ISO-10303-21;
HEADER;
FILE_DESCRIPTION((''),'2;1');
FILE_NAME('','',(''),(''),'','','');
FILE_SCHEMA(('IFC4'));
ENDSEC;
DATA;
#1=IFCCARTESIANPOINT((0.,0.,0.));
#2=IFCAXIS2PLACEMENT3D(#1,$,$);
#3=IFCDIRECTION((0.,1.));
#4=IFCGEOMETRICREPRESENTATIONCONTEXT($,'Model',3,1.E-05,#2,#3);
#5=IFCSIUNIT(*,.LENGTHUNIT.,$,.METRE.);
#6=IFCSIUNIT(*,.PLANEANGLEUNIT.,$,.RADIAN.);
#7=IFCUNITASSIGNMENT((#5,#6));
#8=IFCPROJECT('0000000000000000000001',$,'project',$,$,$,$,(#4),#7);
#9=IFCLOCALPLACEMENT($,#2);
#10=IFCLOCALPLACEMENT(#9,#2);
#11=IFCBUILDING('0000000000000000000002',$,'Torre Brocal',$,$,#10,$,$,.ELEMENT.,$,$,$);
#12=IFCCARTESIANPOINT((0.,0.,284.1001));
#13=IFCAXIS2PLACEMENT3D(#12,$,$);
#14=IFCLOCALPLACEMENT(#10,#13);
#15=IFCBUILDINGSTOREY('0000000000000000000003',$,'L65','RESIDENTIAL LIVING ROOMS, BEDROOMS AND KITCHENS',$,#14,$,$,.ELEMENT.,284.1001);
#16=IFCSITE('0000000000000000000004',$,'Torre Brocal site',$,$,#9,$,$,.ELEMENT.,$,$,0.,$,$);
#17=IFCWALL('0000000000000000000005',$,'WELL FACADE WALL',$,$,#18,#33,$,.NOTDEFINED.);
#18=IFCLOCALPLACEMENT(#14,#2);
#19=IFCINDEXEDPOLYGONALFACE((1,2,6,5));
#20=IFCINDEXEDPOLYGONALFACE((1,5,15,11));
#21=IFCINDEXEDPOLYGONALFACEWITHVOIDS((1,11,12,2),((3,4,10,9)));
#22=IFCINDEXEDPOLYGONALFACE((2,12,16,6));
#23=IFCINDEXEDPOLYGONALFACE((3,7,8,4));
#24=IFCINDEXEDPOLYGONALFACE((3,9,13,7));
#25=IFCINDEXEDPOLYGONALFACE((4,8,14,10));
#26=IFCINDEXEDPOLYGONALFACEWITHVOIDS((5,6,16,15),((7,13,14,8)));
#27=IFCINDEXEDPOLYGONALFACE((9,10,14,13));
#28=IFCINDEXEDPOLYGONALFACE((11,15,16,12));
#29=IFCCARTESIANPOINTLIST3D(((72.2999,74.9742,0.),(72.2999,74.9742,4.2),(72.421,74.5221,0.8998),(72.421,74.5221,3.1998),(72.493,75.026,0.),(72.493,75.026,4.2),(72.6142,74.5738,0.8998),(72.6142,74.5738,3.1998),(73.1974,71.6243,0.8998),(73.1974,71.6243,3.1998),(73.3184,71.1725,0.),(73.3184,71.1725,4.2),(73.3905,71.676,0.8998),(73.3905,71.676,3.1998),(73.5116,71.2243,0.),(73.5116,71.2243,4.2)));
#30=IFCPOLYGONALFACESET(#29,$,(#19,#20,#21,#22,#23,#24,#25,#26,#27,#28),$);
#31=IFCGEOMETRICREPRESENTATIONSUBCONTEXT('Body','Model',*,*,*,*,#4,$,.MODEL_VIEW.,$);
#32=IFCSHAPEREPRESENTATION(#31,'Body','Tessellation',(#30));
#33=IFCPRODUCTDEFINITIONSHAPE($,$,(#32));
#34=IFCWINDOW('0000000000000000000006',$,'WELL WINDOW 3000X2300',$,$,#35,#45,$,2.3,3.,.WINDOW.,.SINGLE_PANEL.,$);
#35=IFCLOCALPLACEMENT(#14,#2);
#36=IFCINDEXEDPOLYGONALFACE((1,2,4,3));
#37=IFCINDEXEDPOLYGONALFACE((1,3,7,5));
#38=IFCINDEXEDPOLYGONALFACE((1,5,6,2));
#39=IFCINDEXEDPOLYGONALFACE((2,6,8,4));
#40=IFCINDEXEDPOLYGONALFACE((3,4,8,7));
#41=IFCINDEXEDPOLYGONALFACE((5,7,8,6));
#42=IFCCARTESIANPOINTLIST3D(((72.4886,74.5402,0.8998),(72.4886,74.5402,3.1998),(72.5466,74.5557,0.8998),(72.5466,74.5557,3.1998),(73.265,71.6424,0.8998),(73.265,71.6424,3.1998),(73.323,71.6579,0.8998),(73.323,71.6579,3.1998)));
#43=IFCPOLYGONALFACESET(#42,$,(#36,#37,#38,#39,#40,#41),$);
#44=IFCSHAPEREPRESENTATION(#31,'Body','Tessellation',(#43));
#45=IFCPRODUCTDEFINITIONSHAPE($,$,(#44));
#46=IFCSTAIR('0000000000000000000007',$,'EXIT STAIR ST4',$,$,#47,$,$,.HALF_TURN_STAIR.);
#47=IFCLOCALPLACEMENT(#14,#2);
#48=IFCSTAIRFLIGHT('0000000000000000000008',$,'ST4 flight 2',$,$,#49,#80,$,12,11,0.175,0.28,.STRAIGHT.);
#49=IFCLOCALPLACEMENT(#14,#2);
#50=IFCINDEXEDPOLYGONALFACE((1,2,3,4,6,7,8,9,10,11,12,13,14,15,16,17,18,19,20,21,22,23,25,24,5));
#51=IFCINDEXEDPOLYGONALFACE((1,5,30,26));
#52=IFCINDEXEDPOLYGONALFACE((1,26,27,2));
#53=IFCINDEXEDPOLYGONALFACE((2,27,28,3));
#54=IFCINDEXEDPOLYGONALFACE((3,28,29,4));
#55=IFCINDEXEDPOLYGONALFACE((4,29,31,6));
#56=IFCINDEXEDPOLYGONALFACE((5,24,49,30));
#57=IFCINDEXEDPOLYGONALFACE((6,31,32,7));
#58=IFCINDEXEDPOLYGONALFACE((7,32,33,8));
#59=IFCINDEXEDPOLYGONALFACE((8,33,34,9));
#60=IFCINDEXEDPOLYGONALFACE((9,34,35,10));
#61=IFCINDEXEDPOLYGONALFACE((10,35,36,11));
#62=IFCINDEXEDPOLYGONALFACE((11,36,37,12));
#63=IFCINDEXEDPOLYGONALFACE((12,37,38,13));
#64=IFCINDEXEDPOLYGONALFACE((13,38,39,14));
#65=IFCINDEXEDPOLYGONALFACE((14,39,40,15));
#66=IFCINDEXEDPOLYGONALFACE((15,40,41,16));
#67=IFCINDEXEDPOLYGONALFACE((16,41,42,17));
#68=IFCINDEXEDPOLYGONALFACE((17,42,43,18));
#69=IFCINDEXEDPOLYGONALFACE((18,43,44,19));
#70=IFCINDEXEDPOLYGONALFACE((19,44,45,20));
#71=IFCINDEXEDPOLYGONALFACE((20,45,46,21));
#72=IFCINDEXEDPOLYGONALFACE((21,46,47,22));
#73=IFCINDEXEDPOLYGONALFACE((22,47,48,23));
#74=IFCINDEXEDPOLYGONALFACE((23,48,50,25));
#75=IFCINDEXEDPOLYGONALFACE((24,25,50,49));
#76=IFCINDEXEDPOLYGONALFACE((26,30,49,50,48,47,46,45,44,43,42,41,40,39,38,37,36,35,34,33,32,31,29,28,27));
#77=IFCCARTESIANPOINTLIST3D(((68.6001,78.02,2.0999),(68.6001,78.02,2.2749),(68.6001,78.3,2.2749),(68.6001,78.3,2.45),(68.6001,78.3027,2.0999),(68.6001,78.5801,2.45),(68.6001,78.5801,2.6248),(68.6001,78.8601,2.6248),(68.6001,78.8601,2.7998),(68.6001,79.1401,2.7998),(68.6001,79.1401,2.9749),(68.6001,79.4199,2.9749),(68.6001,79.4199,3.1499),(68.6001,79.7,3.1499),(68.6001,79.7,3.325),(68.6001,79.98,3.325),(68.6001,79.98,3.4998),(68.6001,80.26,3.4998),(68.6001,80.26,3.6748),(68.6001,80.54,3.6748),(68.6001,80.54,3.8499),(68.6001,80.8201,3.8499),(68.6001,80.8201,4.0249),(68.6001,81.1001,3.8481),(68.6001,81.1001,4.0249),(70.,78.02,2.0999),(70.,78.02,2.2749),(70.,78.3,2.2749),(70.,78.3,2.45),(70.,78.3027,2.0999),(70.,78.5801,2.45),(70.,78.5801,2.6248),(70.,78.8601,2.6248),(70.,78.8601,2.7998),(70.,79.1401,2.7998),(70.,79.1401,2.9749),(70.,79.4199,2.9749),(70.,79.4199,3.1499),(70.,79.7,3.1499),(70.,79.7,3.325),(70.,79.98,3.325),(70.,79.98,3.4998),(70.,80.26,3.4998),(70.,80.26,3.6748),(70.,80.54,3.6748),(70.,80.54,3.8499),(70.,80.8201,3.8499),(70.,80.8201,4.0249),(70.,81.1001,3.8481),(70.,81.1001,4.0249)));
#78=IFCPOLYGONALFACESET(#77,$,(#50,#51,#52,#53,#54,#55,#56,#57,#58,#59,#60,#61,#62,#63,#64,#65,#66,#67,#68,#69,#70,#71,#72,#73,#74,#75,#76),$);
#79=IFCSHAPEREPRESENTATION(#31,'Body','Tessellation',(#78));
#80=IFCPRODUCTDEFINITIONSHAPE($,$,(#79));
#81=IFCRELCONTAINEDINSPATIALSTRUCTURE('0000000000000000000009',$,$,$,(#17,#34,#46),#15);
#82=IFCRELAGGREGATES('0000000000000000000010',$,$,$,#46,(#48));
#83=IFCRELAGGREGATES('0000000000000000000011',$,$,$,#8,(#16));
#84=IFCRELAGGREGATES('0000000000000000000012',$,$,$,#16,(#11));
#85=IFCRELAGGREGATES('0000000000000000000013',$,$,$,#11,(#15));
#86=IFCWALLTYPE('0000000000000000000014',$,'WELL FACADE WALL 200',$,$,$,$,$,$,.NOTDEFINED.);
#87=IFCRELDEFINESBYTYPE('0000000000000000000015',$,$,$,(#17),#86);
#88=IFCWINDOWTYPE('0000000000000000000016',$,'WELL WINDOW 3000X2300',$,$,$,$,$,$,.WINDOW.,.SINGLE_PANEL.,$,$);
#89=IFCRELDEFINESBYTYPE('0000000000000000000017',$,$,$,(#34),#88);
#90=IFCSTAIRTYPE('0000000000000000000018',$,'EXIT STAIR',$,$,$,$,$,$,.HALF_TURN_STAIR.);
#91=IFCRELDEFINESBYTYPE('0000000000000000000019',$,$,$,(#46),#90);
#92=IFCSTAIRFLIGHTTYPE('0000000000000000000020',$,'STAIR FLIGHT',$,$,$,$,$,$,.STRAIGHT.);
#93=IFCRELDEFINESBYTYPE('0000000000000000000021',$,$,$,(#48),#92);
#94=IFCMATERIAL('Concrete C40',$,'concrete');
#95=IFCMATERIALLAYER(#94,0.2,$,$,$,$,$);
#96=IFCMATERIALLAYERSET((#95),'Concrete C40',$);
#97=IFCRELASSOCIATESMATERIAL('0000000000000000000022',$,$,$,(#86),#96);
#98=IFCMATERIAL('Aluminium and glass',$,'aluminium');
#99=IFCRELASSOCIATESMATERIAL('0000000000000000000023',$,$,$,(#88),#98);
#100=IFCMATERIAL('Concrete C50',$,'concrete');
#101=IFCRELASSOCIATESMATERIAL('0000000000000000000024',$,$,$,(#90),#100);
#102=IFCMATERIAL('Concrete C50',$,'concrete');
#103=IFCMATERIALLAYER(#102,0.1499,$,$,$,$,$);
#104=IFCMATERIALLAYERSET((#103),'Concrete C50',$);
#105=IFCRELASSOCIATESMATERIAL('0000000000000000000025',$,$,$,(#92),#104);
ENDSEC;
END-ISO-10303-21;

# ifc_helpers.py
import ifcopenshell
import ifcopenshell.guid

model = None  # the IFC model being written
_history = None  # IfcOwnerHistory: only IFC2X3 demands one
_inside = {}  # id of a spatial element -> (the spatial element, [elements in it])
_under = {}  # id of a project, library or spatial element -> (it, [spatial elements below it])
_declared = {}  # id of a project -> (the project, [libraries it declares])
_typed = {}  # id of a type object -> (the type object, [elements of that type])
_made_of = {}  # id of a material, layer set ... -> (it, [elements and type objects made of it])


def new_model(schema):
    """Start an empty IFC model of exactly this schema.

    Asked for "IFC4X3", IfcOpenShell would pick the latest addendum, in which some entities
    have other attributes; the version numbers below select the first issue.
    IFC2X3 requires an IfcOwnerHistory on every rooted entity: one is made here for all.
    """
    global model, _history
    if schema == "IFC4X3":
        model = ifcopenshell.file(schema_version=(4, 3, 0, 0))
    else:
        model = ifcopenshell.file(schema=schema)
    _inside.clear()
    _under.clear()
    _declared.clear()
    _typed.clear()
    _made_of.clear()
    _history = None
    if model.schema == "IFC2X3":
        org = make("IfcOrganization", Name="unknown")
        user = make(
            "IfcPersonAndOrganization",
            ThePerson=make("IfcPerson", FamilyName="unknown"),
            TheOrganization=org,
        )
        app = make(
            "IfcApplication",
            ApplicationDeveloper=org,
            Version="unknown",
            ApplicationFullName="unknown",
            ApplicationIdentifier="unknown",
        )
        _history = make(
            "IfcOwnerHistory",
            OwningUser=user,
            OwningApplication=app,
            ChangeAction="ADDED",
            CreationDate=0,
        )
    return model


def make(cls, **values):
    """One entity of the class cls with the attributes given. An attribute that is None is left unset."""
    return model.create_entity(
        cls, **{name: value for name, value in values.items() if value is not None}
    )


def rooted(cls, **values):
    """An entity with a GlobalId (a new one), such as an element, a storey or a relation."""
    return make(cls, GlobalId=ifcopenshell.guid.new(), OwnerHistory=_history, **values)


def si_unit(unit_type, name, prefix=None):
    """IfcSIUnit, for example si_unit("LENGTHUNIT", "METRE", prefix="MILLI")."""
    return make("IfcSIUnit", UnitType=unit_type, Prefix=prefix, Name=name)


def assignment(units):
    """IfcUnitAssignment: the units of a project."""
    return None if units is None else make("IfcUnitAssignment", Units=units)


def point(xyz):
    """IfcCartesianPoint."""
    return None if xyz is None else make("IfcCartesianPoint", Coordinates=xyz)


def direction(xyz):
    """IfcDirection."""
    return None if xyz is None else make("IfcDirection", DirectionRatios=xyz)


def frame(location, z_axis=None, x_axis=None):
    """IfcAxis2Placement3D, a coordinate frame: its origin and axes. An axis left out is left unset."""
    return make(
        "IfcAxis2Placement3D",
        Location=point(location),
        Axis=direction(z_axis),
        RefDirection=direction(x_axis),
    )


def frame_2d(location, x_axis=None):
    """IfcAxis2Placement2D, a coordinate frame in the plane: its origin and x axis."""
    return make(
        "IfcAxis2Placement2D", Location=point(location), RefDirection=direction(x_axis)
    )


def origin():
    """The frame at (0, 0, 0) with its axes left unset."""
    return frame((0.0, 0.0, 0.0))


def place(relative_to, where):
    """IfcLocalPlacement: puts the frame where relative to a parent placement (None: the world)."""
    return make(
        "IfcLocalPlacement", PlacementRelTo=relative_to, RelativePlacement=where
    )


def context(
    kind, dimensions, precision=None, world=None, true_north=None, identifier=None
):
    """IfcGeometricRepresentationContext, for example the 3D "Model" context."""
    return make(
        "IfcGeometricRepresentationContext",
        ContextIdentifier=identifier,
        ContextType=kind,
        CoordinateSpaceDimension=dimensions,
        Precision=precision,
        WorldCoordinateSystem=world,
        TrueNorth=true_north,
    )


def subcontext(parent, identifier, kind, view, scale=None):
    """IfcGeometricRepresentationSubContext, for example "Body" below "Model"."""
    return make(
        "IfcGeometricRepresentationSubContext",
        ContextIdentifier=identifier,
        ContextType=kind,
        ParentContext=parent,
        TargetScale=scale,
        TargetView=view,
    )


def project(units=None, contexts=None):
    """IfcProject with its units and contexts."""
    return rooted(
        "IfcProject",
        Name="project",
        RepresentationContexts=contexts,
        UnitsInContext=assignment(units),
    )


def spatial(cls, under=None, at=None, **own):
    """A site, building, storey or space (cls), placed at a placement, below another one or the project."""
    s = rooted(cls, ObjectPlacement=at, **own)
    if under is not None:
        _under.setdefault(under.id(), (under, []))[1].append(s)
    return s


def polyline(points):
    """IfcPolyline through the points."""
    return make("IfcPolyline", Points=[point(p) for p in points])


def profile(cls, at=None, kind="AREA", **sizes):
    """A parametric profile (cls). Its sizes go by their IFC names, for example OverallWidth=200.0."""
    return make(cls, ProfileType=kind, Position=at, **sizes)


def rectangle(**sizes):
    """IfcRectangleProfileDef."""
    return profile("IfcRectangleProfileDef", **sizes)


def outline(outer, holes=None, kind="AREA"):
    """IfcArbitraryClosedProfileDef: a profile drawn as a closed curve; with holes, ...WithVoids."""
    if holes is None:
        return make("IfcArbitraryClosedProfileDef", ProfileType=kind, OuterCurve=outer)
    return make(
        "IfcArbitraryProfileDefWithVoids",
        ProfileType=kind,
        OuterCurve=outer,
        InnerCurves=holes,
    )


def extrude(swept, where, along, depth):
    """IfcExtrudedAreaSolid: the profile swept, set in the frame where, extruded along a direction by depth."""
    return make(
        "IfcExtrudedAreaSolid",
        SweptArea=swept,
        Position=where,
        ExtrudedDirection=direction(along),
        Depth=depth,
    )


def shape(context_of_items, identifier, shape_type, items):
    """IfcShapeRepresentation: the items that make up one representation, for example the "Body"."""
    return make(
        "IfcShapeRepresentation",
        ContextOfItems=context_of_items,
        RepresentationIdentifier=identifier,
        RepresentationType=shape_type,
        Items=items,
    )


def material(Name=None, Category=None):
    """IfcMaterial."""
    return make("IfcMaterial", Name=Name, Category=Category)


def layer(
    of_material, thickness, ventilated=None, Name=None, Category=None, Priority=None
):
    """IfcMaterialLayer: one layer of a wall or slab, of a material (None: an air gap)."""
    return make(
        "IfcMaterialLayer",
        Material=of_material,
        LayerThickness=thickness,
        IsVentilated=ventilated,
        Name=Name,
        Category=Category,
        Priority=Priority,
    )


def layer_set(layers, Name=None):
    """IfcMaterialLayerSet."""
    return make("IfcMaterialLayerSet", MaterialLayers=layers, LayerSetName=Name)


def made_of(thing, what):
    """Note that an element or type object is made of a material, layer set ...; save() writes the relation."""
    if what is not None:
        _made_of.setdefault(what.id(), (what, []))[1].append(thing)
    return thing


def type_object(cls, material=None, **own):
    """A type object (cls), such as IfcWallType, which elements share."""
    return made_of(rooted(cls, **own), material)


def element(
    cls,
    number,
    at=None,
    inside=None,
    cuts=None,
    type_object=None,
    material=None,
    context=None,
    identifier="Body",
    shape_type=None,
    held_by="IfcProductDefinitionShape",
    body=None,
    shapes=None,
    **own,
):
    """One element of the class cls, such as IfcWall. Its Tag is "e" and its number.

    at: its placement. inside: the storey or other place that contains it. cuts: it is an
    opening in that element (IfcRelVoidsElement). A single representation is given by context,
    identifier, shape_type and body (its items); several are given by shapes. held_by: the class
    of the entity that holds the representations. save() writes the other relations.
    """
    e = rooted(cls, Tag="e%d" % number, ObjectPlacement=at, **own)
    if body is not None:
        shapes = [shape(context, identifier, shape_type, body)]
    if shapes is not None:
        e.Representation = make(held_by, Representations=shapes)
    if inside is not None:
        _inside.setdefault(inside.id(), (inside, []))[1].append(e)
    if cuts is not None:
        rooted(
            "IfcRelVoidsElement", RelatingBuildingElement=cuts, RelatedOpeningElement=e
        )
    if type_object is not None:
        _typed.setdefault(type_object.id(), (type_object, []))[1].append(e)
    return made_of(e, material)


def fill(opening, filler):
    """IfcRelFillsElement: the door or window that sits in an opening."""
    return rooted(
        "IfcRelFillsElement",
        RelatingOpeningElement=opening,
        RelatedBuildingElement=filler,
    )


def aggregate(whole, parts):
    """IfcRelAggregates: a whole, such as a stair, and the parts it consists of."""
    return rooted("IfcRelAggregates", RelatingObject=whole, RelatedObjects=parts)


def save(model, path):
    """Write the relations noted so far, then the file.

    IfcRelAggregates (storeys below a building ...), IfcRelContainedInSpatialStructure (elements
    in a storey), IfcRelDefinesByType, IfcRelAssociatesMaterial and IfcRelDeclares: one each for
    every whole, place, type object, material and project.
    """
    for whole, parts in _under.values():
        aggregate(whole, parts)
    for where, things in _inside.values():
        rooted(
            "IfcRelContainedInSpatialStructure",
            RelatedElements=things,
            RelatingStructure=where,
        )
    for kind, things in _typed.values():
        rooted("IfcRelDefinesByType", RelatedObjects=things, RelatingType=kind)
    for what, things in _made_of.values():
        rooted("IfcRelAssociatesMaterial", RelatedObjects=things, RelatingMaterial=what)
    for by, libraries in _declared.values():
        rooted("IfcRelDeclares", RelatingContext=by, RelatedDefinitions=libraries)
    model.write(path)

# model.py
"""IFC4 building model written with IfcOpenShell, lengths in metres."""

from ifc_helpers import new_model, si_unit, direction, frame, frame_2d, origin, place, context, subcontext, project, spatial, polyline, rectangle, outline, extrude, material, layer, layer_set, type_object, element, fill, aggregate, save


model = new_model("IFC4")

# Units and contexts
model_context = context("Model", 3, precision=1e-05, world=origin(), true_north=direction((0.0, 1.0)))
body_context = subcontext(model_context, "Body", "Model", "MODEL_VIEW")
ifc_project = project(units=[si_unit("LENGTHUNIT", "METRE"), si_unit("PLANEANGLEUNIT", "RADIAN")], contexts=[model_context])

# Site, building, storey
site_placement = place(None, origin())
site = spatial("IfcSite", under=ifc_project, at=site_placement, Name="Torre Brocal site", CompositionType="ELEMENT", RefElevation=0.0)
building_placement = place(site_placement, origin())
building = spatial("IfcBuilding", under=site, at=building_placement, Name="Torre Brocal", CompositionType="ELEMENT")
storey_placement = place(building_placement, frame((0.0, 0.0, 284.1001)))
storey = spatial("IfcBuildingStorey", under=building, at=storey_placement, Name="L65", Description="RESIDENTIAL LIVING ROOMS, BEDROOMS AND KITCHENS", CompositionType="ELEMENT", Elevation=284.1001)

# Wall, opening, window
ifc_material_1 = material(Name="Concrete C40", Category="concrete")
ifc_layer_1 = layer(ifc_material_1, 0.2)
ifc_layer_set_1 = layer_set([ifc_layer_1], Name="Concrete C40")
wall_type_1 = type_object("IfcWallType", Name="WELL FACADE WALL 200", PredefinedType="NOTDEFINED", material=ifc_layer_set_1)
ifc_material_2 = material(Name="Aluminium and glass", Category="aluminium")
window_type = type_object("IfcWindowType", Name="WELL WINDOW 3000X2300", PartitioningType="SINGLE_PANEL", PredefinedType="WINDOW", material=ifc_material_2)
wall_1_placement = place(storey_placement, frame((72.3965, 75.0, 0.0), z_axis=(0.0, 0.0, 1.0), x_axis=(0.25879, -0.965934, 0.0)))
wall_1 = element("IfcWall", 1, at=wall_1_placement, inside=storey, type_object=wall_type_1, Name="WELL FACADE WALL", PredefinedType="NOTDEFINED", context=body_context, shape_type="SweptSolid", body=[
    extrude(rectangle(XDim=3.9358, YDim=0.2, at=frame_2d((1.9678, 0.0))), origin(), (0.0, 0.0, 1.0), 4.2),
])
opening_1_placement = place(wall_1_placement, frame((0.468, 0.0, 0.8999)))
opening_1 = element("IfcOpeningElement", 2, at=opening_1_placement, cuts=wall_1, PredefinedType="OPENING", context=body_context, shape_type="SweptSolid", body=[
    extrude(rectangle(XDim=3.0, YDim=2.3, at=frame_2d((1.5, 1.1499))), frame((0.0, 0.1099, 0.0), z_axis=(0.0, -1.0, 0.0), x_axis=(1.0, 0.0, 0.0)), (0.0, 0.0, 1.0), 0.22),
])
window_1_placement = place(opening_1_placement, origin())
window_1 = element("IfcWindow", 3, at=window_1_placement, inside=storey, type_object=window_type, Name="WELL WINDOW 3000X2300", OverallHeight=2.3, OverallWidth=3.0, PartitioningType="SINGLE_PANEL", PredefinedType="WINDOW", context=body_context, shape_type="SweptSolid", body=[
    extrude(rectangle(XDim=3.0, YDim=2.3, at=frame_2d((1.5, 1.1499))), frame((0.0, 0.03, 0.0), z_axis=(0.0, -1.0, 0.0), x_axis=(1.0, 0.0, 0.0)), (0.0, 0.0, 1.0), 0.0601),
])
fill(opening_1, window_1)

# Stair, stair flight
ifc_material_3 = material(Name="Concrete C50", Category="concrete")
stair_type = type_object("IfcStairType", Name="EXIT STAIR", PredefinedType="HALF_TURN_STAIR", material=ifc_material_3)
stair_placement = place(storey_placement, origin())
stair = element("IfcStair", 4, at=stair_placement, inside=storey, type_object=stair_type, Name="EXIT STAIR ST4", PredefinedType="HALF_TURN_STAIR")
ifc_material_4 = material(Name="Concrete C50", Category="concrete")
ifc_layer_2 = layer(ifc_material_4, 0.1499)
ifc_layer_set_2 = layer_set([ifc_layer_2], Name="Concrete C50")
stair_flight_type = type_object("IfcStairFlightType", Name="STAIR FLIGHT", PredefinedType="STRAIGHT", material=ifc_layer_set_2)
stair_flight_placement = place(storey_placement, frame((69.3, 78.02, 2.0999), z_axis=(0.0, 0.0, 1.0), x_axis=(0.0, 1.0, 0.0)))
stair_flight = element("IfcStairFlight", 5, at=stair_flight_placement, type_object=stair_flight_type, Name="ST4 flight 2", NumberOfRisers=12, NumberOfTreads=11, PredefinedType="STRAIGHT", RiserHeight=0.175, TreadLength=0.28, context=body_context, shape_type="SweptSolid", body=[
    extrude(outline(polyline([(0.0, 0.0), (0.0, 0.175), (0.28, 0.175), (0.28, 0.3501), (0.5601, 0.3501), (0.5601, 0.5249), (0.8401, 0.5249), (0.8401, 0.7), (1.1201, 0.7), (1.1201, 0.875), (1.3999, 0.875), (1.3999, 1.05), (1.6799, 1.05), (1.6799, 1.2251), (1.96, 1.2251), (1.96, 1.3999), (2.24, 1.3999), (2.24, 1.575), (2.52, 1.575), (2.52, 1.75), (2.8, 1.75), (2.8, 1.925), (3.0801, 1.925), (3.0801, 2.1001), (3.0801, 1.7483), (0.2827, 0.0), (0.0, 0.0)])), frame((0.0, 0.7, 0.0), z_axis=(0.0, -1.0, 0.0), x_axis=(1.0, 0.0, 0.0)), (0.0, 0.0, 1.0), 1.3999),
])
aggregate(stair, [stair_flight])

save(model, "model.ifc")
